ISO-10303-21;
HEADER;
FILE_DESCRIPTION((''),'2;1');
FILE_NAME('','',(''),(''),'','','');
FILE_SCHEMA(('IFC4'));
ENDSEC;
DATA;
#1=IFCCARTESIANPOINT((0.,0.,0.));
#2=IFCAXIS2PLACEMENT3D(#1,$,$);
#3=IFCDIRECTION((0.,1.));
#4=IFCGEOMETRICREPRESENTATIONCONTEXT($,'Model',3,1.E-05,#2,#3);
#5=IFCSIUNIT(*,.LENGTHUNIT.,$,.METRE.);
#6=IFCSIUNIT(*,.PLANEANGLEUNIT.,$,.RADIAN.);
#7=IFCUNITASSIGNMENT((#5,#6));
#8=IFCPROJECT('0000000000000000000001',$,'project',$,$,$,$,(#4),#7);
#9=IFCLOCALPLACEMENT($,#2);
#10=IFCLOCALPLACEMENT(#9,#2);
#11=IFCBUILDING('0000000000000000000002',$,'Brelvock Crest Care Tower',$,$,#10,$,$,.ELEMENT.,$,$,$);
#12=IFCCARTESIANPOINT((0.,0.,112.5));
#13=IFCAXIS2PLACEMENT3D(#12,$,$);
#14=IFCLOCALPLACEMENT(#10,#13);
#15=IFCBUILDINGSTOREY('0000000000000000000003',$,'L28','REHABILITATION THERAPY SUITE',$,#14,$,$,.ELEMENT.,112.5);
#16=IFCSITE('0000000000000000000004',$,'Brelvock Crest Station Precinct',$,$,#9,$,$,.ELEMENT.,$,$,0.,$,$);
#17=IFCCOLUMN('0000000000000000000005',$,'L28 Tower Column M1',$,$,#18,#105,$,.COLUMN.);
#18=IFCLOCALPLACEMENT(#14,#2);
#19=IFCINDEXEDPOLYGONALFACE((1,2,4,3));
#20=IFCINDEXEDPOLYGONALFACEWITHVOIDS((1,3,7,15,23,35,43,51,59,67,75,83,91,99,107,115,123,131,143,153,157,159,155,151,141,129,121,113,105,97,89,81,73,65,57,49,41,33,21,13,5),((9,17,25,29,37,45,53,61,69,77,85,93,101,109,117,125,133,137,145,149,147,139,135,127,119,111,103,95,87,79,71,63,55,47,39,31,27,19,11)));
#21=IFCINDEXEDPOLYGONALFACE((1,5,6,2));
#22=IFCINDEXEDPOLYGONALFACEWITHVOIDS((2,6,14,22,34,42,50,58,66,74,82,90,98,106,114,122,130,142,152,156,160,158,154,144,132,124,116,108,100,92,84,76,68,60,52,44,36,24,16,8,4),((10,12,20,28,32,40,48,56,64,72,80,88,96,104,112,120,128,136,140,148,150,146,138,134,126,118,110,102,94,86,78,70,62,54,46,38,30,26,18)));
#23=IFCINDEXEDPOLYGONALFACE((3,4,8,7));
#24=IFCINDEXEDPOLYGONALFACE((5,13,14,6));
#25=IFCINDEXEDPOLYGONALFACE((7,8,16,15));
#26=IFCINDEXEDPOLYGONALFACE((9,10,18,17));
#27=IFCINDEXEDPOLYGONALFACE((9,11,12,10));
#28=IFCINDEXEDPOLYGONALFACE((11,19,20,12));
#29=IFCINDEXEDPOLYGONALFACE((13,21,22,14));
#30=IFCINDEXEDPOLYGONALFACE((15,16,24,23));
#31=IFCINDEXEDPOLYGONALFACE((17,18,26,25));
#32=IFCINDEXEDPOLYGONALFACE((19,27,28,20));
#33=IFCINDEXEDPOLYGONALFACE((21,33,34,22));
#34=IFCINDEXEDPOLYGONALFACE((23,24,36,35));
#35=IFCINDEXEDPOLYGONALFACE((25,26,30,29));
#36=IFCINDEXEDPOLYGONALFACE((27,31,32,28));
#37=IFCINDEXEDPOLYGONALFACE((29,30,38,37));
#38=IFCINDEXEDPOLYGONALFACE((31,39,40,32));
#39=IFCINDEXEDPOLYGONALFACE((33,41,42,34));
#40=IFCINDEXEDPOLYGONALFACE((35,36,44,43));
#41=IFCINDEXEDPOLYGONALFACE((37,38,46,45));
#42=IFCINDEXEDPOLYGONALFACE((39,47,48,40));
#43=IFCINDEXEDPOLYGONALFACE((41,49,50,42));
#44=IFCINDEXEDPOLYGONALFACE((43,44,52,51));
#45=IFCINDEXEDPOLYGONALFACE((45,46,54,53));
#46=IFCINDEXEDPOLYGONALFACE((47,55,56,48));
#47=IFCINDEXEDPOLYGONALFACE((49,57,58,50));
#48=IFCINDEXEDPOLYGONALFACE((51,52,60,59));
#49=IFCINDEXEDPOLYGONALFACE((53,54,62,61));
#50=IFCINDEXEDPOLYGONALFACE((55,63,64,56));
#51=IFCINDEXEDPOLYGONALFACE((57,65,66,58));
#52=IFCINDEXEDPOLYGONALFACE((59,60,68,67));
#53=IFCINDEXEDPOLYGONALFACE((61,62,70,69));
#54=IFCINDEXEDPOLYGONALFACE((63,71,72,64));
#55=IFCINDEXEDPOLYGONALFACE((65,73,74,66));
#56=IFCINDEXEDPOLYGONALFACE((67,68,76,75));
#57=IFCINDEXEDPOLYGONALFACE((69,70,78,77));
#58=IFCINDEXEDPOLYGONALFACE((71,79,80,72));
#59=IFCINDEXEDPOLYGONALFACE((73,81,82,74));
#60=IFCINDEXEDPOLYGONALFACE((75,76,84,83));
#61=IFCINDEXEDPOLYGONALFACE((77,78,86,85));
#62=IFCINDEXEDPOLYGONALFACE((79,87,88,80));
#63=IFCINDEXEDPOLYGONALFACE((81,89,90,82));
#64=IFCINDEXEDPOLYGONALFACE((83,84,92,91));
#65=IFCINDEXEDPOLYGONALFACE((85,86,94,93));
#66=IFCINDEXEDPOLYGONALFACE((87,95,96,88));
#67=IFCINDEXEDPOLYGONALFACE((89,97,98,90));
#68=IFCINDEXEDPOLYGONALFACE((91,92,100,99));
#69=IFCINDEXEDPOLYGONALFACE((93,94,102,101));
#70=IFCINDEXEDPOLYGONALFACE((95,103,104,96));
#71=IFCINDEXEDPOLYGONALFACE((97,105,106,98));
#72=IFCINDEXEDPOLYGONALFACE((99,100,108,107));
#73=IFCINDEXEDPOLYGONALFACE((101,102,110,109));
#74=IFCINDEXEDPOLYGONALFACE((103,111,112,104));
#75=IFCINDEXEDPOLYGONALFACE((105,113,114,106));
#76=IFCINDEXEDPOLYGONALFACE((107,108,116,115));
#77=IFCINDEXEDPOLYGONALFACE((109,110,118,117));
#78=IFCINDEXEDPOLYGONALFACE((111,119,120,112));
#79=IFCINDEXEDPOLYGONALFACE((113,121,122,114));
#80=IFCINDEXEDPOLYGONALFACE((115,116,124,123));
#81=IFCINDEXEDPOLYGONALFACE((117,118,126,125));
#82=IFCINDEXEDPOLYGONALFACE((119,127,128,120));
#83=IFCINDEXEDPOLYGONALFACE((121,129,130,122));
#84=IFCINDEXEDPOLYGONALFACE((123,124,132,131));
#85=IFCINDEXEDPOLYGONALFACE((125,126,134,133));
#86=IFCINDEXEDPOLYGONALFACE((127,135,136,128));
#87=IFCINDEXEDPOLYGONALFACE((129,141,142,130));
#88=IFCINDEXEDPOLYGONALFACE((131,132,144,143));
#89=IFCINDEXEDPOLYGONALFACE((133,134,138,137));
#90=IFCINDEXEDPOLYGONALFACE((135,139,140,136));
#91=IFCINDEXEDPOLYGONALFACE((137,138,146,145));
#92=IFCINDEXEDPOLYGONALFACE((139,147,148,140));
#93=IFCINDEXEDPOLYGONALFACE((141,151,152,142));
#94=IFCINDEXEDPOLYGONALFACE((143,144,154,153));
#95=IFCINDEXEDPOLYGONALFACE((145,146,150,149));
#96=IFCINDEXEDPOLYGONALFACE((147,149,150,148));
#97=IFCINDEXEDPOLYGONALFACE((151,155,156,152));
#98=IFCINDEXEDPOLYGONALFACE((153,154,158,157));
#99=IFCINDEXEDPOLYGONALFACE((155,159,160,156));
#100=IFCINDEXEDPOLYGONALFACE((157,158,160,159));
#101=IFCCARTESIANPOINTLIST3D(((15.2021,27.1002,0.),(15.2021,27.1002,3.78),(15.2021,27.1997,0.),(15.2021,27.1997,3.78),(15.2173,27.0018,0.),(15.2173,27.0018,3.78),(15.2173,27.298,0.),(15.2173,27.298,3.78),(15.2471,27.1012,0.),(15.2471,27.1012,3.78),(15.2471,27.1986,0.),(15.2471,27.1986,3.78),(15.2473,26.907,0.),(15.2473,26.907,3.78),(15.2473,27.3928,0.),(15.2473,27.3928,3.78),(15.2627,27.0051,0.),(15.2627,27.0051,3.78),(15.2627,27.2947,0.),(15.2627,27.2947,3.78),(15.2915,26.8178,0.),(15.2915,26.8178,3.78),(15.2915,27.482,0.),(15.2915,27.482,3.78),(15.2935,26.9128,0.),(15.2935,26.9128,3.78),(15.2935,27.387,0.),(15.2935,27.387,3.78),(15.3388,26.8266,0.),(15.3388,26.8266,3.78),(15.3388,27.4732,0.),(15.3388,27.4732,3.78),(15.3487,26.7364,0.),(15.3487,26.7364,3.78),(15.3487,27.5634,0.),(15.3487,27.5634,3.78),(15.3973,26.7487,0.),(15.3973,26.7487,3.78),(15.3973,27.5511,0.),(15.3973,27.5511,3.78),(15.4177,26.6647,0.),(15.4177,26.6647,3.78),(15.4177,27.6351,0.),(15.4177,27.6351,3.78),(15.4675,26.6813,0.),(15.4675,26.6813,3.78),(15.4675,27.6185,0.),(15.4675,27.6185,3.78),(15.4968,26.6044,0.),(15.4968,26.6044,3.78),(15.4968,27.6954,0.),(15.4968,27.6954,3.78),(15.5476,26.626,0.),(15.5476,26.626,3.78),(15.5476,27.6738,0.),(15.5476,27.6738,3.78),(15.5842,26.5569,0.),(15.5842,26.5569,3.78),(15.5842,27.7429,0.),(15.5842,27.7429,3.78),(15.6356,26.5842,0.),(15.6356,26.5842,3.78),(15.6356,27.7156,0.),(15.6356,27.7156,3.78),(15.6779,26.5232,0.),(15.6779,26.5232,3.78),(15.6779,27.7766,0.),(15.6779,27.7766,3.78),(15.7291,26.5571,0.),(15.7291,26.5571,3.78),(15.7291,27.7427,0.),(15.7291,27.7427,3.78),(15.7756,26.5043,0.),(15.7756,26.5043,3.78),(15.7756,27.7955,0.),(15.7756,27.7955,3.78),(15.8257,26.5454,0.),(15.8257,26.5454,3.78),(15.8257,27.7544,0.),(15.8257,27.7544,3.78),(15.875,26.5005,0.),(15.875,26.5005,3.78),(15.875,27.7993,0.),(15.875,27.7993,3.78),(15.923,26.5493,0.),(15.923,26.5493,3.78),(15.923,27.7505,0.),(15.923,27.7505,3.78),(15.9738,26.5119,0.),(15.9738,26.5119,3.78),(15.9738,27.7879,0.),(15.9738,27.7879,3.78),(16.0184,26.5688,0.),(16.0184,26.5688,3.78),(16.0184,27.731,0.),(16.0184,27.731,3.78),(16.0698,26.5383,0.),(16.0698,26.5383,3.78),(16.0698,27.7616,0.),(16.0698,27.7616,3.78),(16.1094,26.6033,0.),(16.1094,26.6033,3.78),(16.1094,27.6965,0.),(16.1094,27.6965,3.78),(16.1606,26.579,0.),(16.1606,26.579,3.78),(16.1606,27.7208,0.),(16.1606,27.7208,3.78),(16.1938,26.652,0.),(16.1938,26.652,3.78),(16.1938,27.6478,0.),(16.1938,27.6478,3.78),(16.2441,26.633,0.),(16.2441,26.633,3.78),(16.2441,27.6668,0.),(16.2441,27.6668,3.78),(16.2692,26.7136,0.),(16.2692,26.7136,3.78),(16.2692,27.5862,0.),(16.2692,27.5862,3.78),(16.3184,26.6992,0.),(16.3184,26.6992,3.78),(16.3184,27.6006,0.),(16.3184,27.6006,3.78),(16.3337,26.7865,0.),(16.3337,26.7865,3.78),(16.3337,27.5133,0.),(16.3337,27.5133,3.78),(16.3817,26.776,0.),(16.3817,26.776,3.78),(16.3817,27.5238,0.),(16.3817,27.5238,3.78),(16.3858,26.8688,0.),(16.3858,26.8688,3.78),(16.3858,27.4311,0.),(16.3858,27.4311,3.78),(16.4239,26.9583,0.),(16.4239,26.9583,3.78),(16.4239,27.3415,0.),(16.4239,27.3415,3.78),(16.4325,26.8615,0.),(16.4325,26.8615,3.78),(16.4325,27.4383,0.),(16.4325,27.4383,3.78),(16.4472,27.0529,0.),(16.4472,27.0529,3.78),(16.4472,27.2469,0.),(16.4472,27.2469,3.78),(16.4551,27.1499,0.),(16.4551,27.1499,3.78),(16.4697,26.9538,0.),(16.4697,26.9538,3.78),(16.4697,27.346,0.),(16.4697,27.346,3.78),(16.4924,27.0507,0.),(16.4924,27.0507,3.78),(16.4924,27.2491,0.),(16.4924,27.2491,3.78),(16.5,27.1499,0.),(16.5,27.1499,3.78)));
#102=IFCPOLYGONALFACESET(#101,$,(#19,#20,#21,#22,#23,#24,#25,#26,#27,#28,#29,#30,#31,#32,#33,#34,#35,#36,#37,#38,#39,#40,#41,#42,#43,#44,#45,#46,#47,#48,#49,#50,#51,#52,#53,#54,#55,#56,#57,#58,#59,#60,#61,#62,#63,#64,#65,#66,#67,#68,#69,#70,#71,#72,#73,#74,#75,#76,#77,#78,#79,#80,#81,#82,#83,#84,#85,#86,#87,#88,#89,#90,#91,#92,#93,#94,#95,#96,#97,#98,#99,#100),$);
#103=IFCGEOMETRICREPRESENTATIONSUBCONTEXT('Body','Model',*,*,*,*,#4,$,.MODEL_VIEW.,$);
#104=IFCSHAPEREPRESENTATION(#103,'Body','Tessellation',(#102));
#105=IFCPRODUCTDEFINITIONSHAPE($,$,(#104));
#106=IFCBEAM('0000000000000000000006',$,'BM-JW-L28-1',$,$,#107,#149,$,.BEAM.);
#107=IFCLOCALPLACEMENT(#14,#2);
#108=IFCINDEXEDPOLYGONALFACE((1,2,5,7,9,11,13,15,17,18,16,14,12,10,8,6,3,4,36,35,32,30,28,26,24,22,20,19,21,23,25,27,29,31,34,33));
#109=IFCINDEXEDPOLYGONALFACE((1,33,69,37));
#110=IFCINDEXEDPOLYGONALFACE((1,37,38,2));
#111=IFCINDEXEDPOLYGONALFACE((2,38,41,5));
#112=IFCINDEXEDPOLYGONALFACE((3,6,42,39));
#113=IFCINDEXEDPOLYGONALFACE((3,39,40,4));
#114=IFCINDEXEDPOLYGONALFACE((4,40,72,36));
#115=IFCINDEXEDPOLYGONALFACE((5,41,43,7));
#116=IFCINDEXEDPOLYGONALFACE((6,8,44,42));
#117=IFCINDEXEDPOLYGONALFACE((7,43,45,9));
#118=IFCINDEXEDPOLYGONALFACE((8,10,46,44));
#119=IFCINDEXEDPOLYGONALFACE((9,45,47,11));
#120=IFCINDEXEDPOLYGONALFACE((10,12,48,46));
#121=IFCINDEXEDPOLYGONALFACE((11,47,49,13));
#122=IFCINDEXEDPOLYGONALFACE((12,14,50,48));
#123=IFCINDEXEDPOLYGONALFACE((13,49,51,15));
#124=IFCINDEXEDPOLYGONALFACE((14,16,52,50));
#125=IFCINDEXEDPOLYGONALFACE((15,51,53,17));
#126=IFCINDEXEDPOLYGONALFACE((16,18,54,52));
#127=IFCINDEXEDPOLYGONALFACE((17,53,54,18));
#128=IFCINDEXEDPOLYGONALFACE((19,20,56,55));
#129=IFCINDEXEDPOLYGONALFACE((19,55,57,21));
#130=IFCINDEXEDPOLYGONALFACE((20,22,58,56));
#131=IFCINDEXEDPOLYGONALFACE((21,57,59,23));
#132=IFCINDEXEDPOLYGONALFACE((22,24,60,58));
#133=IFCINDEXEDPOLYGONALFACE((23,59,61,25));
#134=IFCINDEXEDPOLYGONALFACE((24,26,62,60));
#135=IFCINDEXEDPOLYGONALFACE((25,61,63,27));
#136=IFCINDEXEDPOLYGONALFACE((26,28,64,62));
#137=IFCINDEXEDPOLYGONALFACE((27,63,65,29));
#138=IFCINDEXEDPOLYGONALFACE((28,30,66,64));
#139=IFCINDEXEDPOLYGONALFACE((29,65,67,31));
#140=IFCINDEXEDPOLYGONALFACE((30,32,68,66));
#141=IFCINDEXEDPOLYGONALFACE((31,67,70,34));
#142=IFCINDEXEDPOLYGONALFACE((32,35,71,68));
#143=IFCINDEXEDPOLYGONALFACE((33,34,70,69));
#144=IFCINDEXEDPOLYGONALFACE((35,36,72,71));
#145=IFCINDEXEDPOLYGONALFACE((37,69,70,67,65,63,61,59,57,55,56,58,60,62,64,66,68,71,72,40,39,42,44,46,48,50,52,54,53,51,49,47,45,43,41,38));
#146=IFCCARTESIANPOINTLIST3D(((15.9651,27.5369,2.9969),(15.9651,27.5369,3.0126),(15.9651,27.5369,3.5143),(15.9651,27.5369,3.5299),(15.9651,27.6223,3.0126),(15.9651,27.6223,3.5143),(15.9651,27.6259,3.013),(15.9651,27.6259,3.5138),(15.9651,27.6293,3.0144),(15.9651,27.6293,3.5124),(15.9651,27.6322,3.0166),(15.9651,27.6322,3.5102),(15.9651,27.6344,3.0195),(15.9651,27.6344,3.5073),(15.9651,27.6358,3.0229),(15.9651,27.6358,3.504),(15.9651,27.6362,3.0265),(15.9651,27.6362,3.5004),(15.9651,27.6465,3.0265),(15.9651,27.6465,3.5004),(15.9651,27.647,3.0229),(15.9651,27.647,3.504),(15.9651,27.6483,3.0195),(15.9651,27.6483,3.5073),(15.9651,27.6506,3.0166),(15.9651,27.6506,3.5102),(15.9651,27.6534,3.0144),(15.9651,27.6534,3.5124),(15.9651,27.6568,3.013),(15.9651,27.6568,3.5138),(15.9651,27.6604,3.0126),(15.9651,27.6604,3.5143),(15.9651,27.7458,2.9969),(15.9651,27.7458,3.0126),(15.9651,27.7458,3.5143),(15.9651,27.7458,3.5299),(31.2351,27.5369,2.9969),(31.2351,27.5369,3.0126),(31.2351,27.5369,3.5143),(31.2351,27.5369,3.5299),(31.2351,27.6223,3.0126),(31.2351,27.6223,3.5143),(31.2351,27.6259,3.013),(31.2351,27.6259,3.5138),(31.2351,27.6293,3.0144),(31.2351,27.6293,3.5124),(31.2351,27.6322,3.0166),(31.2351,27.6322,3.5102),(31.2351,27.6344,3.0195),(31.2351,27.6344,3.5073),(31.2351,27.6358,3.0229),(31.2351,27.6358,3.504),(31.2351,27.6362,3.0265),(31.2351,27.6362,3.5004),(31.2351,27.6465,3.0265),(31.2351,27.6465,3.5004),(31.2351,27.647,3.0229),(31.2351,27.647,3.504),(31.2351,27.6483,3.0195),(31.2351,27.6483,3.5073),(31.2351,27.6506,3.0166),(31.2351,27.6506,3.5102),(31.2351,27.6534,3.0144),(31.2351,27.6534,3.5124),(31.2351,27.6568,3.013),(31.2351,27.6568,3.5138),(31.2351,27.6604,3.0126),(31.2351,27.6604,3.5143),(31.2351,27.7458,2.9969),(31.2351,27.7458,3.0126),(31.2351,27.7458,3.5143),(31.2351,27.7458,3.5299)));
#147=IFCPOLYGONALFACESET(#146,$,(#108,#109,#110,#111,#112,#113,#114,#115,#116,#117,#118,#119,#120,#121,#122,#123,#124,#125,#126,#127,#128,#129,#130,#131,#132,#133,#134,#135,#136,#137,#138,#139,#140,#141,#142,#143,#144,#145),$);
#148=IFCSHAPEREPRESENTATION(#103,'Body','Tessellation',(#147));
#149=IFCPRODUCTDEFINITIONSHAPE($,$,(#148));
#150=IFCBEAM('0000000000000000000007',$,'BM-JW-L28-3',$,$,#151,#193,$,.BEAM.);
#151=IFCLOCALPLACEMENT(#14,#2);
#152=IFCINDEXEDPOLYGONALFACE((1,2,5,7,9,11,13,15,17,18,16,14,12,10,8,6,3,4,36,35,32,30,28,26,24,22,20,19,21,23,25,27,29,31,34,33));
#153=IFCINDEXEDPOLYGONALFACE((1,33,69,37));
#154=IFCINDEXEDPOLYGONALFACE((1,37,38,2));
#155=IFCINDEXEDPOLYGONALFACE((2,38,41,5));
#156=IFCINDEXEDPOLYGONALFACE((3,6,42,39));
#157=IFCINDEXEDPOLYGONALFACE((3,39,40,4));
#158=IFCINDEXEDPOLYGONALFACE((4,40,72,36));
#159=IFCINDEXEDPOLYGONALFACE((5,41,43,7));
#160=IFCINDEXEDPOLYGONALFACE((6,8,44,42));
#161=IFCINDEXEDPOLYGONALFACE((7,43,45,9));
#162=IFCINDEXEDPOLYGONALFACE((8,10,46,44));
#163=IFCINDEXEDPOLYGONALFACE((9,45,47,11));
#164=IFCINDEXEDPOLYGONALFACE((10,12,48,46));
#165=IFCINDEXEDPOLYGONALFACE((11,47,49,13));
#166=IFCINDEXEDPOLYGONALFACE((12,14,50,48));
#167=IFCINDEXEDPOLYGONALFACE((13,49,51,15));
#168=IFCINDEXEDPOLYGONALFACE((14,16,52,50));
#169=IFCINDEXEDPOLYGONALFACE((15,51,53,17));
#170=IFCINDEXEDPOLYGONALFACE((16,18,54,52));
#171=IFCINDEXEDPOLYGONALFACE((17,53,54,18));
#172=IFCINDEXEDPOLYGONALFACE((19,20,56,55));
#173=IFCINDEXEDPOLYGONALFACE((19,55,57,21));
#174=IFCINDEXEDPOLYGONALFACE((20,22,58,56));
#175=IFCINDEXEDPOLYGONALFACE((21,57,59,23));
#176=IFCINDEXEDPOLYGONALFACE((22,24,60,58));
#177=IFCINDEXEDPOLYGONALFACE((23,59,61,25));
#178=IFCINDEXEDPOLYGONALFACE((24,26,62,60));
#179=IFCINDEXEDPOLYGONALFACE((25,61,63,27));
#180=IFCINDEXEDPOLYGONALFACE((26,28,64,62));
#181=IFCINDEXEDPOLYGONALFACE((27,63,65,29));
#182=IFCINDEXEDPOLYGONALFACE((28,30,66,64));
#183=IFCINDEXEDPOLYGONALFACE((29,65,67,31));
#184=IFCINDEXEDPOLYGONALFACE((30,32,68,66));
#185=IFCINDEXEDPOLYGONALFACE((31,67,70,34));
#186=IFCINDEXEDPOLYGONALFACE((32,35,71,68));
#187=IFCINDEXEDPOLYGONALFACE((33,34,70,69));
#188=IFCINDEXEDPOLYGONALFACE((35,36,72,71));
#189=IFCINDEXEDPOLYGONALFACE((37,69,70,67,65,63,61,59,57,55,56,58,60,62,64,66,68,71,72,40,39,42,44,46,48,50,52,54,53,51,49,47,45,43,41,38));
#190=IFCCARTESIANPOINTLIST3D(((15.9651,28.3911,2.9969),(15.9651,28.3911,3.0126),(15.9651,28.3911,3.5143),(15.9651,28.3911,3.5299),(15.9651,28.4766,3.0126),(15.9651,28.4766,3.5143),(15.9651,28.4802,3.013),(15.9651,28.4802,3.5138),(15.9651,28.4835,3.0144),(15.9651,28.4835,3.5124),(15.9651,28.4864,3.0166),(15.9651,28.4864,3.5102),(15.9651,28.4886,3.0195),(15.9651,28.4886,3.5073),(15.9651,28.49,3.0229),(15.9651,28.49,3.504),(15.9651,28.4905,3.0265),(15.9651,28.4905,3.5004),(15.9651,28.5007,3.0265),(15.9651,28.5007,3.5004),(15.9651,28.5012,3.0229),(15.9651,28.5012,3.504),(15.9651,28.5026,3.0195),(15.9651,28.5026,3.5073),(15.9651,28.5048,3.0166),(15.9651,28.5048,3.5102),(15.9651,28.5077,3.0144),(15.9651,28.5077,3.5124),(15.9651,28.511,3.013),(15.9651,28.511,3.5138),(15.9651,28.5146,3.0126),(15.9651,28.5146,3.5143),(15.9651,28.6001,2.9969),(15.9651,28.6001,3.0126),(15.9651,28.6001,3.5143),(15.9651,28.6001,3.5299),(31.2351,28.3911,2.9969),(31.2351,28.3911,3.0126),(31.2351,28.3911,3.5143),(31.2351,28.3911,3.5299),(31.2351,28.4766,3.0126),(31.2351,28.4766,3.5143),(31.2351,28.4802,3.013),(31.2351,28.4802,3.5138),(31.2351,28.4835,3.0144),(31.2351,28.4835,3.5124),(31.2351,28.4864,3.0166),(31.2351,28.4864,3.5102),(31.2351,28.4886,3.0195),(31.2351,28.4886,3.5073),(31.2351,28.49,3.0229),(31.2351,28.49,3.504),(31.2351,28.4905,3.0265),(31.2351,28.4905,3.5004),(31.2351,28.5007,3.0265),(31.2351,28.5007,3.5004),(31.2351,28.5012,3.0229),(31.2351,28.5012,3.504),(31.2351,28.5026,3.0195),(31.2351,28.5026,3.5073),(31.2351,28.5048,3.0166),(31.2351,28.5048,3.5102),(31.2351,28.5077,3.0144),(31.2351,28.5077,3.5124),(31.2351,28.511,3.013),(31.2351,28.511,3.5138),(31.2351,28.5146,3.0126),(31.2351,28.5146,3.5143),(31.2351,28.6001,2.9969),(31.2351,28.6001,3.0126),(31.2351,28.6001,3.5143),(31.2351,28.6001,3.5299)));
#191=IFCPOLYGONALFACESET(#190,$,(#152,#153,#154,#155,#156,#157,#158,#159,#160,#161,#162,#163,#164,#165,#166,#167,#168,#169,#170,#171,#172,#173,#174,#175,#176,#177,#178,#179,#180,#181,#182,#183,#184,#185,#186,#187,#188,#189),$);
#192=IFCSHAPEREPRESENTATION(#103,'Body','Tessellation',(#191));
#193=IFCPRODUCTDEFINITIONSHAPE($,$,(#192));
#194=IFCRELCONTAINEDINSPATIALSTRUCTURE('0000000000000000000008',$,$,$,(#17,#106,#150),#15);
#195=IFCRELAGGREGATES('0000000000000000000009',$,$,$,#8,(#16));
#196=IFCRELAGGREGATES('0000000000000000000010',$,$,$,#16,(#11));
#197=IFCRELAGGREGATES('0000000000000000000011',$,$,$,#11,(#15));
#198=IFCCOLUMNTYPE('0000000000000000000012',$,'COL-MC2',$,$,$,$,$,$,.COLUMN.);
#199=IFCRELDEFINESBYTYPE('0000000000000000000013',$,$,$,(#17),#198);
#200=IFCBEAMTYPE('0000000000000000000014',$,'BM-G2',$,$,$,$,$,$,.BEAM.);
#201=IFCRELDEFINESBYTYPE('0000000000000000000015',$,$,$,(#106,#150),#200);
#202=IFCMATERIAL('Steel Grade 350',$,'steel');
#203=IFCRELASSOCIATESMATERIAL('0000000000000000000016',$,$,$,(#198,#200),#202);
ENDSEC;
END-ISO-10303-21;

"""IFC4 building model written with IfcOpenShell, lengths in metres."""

from ifc_helpers import new_model, si_unit, direction, frame, origin, origin_2d, place, context, subcontext, project, spatial, hollow_circle, i_section, extrude, source, transform, mapped, material, material_profile, profile_set, type_object, element, save


model = new_model("IFC4")

# Units and contexts
model_context = context("Model", 3, precision=1e-05, world=origin(), true_north=direction((0.0, 1.0)))
body_context = subcontext(model_context, "Body", "Model", "MODEL_VIEW")
ifc_project = project(units=[si_unit("LENGTHUNIT", "METRE"), si_unit("PLANEANGLEUNIT", "RADIAN")], contexts=[model_context])

# Site, building, storey
site_placement = place(None, origin())
site = spatial("IfcSite", under=ifc_project, at=site_placement, Name="Brelvock Crest Station Precinct", CompositionType="ELEMENT", RefElevation=0.0)
building_placement = place(site_placement, origin())
building = spatial("IfcBuilding", under=site, at=building_placement, Name="Brelvock Crest Care Tower", CompositionType="ELEMENT")
storey_placement = place(building_placement, frame((0.0, 0.0, 112.5)))
storey = spatial("IfcBuildingStorey", under=building, at=storey_placement, Name="L28", Description="REHABILITATION THERAPY SUITE", CompositionType="ELEMENT", Elevation=112.5)

# Column
ifc_material_1 = material(Name="Steel Grade 350", Category="steel")
ifc_material_profile_1 = material_profile(ifc_material_1, hollow_circle(Radius=0.6499, WallThickness=0.0449, at=origin_2d()), Name="CFT1300x45")
ifc_profile_set_1 = profile_set([ifc_material_profile_1], Name="Steel Grade 350")
column_type = type_object("IfcColumnType", Name="COL-MC2", PredefinedType="COLUMN", material=ifc_profile_set_1)
shared_shape_1 = source(origin(), body_context, "Body", "SweptSolid", [
    extrude(hollow_circle(Radius=0.6499, WallThickness=0.0449, at=origin_2d()), origin(), (0.0, 0.0, 1.0), 3.78),
])
column_placement = place(storey_placement, frame((15.8501, 27.1499, 0.0), z_axis=(0.0, 0.0, 1.0), x_axis=(1.0, 0.0, 0.0)))
element("IfcColumn", 1, at=column_placement, inside=storey, type_object=column_type, Name="L28 Tower Column M1", PredefinedType="COLUMN", context=body_context, shape_type="MappedRepresentation", body=[
    mapped(shared_shape_1, transform((0.0, 0.0, 0.0), x_axis=(1.0, 0.0, 0.0), y_axis=(0.0, 1.0, 0.0), z_axis=(0.0, 0.0, 1.0), scale=1.0)),
])

# Beams
ifc_material_profile_2 = material_profile(ifc_material_1, i_section(OverallWidth=0.209, OverallDepth=0.533, WebThickness=0.0103, FlangeThickness=0.0156, FilletRadius=0.0139, at=origin_2d()), Name="530UB92.4")
ifc_profile_set_2 = profile_set([ifc_material_profile_2], Name="Steel Grade 350")
beam_type_1 = type_object("IfcBeamType", Name="BM-G2", PredefinedType="BEAM", material=ifc_profile_set_2)
shared_shape_2 = source(origin(), body_context, "Body", "SweptSolid", [
    extrude(i_section(OverallWidth=0.209, OverallDepth=0.533, WebThickness=0.0103, FlangeThickness=0.0156, FilletRadius=0.0139, at=origin_2d()), origin(), (0.0, 0.0, 1.0), 15.27),
])
for number, where, z_axis, x_axis, name in (
    (2, (15.9651, 27.6414, 3.2634), (1.0, 0.0, 0.0), (0.0, 1.0, 0.0), "BM-JW-L28-1"),
    (3, (15.9651, 28.4956, 3.2634), (1.0, 0.0, 0.0), (0.0, 1.0, 0.0), "BM-JW-L28-3"),
):
    element("IfcBeam", number, at=place(storey_placement, frame(where, z_axis=z_axis, x_axis=x_axis)), inside=storey, type_object=beam_type_1, Name=name, PredefinedType="BEAM", context=body_context, shape_type="MappedRepresentation", body=[
        mapped(shared_shape_2, transform((0.0, 0.0, 0.0), x_axis=(1.0, 0.0, 0.0), y_axis=(0.0, 1.0, 0.0), z_axis=(0.0, 0.0, 1.0), scale=1.0)),
    ])

save(model, "model.ifc")
